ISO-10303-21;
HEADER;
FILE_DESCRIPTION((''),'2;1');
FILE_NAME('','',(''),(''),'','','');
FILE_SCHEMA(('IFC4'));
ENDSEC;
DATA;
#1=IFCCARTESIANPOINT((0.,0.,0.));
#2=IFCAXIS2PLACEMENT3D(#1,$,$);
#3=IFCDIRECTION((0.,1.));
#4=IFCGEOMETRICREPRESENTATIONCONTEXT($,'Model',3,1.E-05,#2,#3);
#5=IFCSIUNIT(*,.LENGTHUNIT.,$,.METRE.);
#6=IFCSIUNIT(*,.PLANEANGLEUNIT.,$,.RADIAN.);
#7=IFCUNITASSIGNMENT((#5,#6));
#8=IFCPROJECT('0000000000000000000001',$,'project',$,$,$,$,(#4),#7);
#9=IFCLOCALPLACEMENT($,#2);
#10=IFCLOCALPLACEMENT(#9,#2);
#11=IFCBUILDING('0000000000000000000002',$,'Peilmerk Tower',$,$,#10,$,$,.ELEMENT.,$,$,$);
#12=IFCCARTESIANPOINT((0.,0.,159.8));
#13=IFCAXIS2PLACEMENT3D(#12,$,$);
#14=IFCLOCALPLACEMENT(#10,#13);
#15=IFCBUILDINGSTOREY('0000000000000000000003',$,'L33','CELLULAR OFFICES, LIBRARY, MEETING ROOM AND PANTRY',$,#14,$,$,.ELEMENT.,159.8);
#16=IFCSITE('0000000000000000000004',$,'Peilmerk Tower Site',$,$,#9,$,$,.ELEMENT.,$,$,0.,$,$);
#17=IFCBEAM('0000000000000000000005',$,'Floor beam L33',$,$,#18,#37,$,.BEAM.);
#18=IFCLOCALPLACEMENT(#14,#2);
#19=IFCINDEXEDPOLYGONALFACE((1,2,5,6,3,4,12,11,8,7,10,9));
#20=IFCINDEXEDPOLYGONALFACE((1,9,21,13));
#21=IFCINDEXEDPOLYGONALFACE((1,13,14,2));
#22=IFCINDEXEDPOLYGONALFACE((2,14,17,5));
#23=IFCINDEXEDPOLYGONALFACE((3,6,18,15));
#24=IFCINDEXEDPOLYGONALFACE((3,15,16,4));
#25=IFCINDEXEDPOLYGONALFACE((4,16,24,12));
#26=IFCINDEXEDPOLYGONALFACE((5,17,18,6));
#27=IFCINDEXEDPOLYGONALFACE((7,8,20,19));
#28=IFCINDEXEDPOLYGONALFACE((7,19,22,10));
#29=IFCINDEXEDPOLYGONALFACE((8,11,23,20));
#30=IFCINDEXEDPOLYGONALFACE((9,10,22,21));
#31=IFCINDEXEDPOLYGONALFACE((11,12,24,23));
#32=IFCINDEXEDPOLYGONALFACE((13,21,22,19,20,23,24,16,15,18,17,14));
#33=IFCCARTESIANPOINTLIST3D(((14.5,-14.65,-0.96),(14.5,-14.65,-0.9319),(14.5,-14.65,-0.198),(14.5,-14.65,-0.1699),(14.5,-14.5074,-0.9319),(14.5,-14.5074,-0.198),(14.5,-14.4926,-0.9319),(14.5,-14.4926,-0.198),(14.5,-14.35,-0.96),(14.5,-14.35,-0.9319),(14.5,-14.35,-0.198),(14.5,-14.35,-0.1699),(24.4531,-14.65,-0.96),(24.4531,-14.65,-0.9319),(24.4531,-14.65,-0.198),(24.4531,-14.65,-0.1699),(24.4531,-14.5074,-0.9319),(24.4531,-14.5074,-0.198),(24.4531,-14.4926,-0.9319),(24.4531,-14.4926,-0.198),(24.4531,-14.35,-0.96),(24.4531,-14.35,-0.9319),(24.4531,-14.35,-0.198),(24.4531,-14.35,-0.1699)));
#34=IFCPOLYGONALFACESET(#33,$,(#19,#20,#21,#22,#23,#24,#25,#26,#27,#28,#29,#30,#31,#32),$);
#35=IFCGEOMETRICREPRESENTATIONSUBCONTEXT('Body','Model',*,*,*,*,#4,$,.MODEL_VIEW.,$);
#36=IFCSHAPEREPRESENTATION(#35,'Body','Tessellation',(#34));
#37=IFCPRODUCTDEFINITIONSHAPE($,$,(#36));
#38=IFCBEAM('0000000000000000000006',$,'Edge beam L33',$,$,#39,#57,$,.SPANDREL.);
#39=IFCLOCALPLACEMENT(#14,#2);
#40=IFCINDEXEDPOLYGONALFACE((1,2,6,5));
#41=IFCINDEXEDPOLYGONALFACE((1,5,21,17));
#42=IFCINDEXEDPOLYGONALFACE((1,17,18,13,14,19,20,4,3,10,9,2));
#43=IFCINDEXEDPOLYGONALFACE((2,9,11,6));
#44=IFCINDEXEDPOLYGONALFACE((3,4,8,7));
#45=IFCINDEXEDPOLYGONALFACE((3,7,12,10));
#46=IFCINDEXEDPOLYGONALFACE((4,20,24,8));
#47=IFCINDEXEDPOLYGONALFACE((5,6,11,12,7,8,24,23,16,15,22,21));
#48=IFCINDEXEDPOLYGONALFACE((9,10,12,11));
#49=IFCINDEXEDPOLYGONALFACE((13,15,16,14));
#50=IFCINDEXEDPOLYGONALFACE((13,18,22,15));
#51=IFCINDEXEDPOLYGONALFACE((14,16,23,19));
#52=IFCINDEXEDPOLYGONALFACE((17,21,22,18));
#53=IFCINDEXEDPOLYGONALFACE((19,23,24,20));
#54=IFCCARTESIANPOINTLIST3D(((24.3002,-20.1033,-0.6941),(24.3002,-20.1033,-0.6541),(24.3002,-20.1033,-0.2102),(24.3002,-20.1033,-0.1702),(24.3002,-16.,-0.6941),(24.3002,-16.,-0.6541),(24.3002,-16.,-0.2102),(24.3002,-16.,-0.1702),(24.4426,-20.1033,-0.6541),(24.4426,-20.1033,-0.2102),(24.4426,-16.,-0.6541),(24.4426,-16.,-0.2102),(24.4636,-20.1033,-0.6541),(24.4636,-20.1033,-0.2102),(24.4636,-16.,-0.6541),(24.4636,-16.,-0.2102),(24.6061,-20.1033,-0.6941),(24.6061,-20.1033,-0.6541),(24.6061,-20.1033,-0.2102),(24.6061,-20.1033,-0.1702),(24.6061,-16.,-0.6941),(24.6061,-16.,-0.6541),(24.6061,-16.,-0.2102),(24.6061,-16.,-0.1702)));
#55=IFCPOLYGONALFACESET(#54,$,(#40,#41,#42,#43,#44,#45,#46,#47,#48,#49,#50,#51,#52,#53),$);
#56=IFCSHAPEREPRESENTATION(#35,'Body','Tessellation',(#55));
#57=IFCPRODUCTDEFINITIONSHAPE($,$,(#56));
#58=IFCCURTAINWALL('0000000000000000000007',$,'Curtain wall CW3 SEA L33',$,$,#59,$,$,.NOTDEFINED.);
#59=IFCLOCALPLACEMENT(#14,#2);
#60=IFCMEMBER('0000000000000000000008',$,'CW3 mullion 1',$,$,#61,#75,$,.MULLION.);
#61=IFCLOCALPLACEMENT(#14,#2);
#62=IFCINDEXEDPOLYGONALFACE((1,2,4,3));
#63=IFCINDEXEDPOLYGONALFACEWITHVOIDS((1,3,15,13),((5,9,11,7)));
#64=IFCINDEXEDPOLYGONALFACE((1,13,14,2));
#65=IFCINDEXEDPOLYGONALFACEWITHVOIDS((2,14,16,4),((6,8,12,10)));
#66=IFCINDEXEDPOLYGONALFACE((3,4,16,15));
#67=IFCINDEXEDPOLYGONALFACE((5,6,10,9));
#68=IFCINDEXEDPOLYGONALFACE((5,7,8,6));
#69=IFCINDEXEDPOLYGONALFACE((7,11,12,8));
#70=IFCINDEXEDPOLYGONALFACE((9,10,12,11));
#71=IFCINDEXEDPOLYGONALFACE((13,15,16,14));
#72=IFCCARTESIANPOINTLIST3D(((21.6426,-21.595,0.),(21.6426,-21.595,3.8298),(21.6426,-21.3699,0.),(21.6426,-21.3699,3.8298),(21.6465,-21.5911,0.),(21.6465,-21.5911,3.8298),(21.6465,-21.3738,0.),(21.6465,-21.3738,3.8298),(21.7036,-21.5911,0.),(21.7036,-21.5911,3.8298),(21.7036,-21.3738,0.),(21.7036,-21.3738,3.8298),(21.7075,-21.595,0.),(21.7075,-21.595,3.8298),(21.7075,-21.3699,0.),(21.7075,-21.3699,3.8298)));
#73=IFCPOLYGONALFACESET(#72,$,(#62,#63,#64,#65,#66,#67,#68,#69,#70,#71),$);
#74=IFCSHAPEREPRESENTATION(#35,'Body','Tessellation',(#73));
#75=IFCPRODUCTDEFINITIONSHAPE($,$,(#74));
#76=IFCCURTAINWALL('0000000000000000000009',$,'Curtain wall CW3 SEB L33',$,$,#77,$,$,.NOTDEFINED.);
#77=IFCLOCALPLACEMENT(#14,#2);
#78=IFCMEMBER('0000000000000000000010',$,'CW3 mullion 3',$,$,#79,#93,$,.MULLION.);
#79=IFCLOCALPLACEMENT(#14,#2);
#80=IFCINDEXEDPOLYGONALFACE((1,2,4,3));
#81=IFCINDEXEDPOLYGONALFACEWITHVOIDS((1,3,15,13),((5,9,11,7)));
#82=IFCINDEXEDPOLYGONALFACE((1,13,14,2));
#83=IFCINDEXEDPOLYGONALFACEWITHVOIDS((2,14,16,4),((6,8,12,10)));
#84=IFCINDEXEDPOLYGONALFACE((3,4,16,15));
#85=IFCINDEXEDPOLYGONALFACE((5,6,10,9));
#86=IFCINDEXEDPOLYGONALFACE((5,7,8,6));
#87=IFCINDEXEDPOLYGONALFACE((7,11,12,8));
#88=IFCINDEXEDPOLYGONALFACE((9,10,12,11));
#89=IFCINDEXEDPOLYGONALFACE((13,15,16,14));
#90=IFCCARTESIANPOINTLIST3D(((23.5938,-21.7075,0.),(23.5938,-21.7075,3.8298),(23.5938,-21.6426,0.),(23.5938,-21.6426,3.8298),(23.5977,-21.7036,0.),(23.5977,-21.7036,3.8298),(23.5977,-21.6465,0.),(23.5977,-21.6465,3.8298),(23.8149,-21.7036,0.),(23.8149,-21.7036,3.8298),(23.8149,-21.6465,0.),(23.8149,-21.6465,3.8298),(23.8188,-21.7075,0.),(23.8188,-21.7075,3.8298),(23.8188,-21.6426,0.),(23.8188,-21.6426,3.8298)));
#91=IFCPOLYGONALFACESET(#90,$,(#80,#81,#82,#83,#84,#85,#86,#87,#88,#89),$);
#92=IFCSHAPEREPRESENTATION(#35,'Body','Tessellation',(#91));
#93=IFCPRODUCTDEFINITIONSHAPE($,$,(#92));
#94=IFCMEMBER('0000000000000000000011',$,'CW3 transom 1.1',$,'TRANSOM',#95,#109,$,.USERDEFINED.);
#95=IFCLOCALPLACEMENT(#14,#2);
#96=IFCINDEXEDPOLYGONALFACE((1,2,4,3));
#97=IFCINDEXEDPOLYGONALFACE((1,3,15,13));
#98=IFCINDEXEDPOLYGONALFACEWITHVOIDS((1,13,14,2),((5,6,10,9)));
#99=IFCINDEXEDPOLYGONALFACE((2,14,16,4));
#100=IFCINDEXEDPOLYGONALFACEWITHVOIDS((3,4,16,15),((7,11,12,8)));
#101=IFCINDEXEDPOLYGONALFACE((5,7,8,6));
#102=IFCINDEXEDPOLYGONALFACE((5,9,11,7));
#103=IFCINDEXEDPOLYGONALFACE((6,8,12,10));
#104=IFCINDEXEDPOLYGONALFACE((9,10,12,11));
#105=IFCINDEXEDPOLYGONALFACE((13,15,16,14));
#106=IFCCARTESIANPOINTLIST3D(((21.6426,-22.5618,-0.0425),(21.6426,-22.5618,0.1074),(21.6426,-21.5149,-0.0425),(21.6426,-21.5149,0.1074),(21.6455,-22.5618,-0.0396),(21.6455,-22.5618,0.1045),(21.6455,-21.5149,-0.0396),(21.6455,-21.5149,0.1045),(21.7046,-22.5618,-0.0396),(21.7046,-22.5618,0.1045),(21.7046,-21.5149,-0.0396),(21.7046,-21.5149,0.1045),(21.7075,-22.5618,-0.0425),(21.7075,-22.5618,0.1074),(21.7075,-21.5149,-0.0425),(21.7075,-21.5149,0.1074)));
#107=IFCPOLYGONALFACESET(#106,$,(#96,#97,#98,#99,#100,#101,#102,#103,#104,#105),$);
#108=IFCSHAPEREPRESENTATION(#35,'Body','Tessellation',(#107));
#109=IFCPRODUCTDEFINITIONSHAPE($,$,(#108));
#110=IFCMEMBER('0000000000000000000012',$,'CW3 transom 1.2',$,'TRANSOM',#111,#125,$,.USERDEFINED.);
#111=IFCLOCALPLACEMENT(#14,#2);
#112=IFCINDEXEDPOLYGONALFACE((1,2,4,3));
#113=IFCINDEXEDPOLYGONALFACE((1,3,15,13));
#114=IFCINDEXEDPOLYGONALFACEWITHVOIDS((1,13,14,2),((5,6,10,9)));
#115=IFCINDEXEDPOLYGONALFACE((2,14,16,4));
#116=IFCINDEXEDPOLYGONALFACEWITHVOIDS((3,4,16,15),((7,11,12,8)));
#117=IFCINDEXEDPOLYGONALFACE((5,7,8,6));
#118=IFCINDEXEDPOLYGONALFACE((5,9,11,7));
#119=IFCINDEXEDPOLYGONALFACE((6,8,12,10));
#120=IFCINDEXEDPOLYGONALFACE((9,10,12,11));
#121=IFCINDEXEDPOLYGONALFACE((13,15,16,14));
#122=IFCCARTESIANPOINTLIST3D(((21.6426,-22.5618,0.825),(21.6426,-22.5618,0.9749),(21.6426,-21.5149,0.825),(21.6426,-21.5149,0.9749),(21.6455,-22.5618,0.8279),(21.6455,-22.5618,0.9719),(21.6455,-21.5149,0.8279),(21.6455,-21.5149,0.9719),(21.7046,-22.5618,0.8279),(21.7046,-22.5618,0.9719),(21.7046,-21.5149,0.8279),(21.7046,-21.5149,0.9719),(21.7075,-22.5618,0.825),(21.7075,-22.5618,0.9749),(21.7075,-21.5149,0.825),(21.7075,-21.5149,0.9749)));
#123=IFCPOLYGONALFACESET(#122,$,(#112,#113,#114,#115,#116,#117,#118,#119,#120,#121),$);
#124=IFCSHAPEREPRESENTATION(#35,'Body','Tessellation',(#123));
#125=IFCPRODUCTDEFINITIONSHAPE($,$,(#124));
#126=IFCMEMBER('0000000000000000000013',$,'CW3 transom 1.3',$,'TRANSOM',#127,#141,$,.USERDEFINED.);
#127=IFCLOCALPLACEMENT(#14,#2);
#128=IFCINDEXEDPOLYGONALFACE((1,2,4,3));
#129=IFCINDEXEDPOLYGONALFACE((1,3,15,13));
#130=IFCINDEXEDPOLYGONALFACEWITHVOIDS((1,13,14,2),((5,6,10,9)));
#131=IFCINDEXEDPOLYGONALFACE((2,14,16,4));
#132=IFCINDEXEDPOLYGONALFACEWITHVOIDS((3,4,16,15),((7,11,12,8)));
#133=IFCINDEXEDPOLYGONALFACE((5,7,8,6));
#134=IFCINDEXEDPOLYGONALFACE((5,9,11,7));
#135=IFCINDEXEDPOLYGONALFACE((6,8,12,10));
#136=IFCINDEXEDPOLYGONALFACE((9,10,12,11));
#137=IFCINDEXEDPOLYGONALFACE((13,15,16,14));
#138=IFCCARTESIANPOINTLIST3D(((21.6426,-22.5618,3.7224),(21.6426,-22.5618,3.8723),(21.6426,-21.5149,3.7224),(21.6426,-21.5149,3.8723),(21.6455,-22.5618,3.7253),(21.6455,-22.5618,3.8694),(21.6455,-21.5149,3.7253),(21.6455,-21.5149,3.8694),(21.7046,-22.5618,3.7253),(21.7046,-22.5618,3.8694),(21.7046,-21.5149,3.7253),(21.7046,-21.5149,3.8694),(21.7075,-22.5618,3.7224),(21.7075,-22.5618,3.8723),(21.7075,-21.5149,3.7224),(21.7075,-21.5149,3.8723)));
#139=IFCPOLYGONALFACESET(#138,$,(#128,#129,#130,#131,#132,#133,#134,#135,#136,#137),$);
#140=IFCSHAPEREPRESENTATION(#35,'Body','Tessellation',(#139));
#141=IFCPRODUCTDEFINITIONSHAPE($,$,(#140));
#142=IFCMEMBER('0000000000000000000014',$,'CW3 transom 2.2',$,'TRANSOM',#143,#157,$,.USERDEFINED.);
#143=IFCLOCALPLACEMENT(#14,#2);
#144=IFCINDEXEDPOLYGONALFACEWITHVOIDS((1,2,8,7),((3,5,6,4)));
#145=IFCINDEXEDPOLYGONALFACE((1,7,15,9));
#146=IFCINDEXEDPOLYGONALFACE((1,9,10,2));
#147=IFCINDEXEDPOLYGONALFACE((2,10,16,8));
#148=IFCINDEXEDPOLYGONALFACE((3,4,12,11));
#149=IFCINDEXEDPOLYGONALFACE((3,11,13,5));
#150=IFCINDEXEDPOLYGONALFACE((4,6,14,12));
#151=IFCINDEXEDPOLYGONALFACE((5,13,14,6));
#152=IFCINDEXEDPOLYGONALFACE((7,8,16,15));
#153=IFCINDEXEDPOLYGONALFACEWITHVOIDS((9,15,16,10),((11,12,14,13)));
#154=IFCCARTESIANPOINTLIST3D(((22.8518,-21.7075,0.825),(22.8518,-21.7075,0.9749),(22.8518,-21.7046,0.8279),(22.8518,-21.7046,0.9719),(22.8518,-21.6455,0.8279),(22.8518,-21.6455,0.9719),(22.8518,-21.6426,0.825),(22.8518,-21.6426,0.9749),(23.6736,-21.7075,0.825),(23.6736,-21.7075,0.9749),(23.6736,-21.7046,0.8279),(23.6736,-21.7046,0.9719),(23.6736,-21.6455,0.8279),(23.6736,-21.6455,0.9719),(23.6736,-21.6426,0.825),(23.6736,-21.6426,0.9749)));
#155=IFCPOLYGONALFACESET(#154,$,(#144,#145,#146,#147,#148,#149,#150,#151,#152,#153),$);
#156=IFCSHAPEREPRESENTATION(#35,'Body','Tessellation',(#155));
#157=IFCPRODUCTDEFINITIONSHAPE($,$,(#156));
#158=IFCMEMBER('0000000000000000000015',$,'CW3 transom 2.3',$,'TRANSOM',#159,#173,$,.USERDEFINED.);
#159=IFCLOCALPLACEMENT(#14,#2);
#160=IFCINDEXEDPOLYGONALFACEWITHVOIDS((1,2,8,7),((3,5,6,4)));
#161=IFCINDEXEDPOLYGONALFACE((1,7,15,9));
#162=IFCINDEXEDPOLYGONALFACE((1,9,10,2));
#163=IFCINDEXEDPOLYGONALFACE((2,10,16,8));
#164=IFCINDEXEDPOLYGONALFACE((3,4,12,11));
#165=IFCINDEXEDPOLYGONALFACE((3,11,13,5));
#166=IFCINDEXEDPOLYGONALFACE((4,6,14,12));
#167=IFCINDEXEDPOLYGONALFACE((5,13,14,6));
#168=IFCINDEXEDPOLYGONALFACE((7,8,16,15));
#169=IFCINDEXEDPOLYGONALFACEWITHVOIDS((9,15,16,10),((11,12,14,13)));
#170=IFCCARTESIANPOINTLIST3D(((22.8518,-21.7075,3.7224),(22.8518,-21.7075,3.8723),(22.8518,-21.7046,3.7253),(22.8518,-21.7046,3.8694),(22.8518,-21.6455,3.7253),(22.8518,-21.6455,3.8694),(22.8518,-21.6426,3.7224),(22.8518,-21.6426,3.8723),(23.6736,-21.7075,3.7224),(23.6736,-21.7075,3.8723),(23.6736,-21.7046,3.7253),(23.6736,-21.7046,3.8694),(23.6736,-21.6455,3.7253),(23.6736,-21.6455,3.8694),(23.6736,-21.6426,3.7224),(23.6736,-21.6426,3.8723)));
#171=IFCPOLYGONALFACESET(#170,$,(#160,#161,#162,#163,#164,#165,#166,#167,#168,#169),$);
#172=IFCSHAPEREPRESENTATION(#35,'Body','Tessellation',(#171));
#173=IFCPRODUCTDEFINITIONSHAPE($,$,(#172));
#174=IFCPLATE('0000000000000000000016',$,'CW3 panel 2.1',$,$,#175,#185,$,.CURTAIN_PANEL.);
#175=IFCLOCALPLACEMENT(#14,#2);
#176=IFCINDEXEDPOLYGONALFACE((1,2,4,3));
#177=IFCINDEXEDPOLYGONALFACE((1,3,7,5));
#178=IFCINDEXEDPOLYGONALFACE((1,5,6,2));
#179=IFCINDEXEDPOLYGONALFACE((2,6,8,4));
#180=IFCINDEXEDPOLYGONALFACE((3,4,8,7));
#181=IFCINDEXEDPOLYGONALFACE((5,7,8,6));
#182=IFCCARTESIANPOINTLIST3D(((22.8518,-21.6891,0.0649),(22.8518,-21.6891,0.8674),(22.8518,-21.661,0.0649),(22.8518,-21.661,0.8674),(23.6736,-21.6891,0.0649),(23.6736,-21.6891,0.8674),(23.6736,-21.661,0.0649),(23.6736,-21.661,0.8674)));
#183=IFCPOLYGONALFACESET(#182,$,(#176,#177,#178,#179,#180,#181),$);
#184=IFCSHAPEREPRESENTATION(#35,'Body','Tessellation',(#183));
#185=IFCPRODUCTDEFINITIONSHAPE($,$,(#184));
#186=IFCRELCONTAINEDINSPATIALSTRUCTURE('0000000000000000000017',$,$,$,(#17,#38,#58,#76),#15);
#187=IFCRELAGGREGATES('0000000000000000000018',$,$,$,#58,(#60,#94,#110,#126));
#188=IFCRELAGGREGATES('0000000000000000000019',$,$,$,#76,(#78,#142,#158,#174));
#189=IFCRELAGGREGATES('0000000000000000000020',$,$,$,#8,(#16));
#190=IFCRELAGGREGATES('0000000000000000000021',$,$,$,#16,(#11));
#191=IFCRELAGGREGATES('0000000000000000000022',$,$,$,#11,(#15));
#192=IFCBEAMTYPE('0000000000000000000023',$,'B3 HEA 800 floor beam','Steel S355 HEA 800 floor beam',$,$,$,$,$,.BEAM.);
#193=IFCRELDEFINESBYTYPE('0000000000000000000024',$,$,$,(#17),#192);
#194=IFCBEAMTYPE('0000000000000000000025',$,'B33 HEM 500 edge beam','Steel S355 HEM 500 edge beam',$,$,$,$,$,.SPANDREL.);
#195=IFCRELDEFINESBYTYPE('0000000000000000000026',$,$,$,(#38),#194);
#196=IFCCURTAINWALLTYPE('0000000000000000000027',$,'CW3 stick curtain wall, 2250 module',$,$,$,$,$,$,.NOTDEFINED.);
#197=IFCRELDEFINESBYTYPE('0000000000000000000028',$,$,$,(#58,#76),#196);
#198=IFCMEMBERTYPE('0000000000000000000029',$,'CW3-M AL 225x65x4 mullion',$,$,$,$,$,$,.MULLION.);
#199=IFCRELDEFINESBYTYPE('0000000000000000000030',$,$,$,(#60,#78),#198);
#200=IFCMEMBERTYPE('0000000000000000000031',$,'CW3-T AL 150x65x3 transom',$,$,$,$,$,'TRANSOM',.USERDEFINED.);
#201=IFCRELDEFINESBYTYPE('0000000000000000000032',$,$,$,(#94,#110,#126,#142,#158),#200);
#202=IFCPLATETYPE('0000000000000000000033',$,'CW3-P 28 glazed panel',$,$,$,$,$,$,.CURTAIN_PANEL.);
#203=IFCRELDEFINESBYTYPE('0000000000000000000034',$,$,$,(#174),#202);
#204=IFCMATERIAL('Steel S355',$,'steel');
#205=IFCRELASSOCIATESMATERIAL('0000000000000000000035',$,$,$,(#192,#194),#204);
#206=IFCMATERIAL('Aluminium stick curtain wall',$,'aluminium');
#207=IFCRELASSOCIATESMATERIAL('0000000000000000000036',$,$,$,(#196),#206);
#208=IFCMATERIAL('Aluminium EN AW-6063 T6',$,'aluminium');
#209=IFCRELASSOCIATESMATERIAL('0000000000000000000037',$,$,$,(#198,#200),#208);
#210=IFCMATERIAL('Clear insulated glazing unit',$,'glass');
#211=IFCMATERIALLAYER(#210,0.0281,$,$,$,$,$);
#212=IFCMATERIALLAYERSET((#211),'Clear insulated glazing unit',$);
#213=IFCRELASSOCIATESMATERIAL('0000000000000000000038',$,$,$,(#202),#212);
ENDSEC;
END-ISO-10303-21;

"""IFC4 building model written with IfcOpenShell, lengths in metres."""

from ifc_helpers import new_model, si_unit, direction, frame, origin, origin_2d, place, context, subcontext, project, spatial, rectangle, hollow_rectangle, i_section, extrude, material, layer, layer_set, material_profile, profile_set, type_object, element, aggregate, save


model = new_model("IFC4")

# Units and contexts
model_context = context("Model", 3, precision=1e-05, world=origin(), true_north=direction((0.0, 1.0)))
body_context = subcontext(model_context, "Body", "Model", "MODEL_VIEW")
ifc_project = project(units=[si_unit("LENGTHUNIT", "METRE"), si_unit("PLANEANGLEUNIT", "RADIAN")], contexts=[model_context])

# Site, building, storey
site_placement = place(None, origin())
site = spatial("IfcSite", under=ifc_project, at=site_placement, Name="Peilmerk Tower Site", CompositionType="ELEMENT", RefElevation=0.0)
building_placement = place(site_placement, origin())
building = spatial("IfcBuilding", under=site, at=building_placement, Name="Peilmerk Tower", CompositionType="ELEMENT")
storey_placement = place(building_placement, frame((0.0, 0.0, 159.8)))
storey = spatial("IfcBuildingStorey", under=building, at=storey_placement, Name="L33", Description="CELLULAR OFFICES, LIBRARY, MEETING ROOM AND PANTRY", CompositionType="ELEMENT", Elevation=159.8)

# Beams
ifc_material_1 = material(Name="Steel S355", Category="steel")
ifc_material_profile_1 = material_profile(ifc_material_1, i_section(OverallWidth=0.3, OverallDepth=0.79, WebThickness=0.0149, FlangeThickness=0.0281, at=origin_2d()), Name="HEA 800")
ifc_profile_set_1 = profile_set([ifc_material_profile_1], Name="Steel S355")
beam_type_1 = type_object("IfcBeamType", Name="B3 HEA 800 floor beam", Description="Steel S355 HEA 800 floor beam", PredefinedType="BEAM", material=ifc_profile_set_1)
for number, where, z_axis, x_axis, name in (
    (1, (14.5, -14.5, -0.5649), (1.0, 0.0, 0.0), (0.0, 1.0, 0.0), "Floor beam L33"),
):
    element("IfcBeam", number, at=place(storey_placement, frame(where, z_axis=z_axis, x_axis=x_axis)), inside=storey, type_object=beam_type_1, Name=name, PredefinedType="BEAM", context=body_context, shape_type="SweptSolid", body=[
        extrude(i_section(OverallWidth=0.3, OverallDepth=0.79, WebThickness=0.0149, FlangeThickness=0.0281, at=origin_2d()), origin(), (0.0, 0.0, 1.0), 9.9531),
    ])
ifc_material_profile_2 = material_profile(ifc_material_1, i_section(OverallWidth=0.3059, OverallDepth=0.5239, WebThickness=0.021, FlangeThickness=0.04, at=origin_2d()), Name="HEM 500")
ifc_profile_set_2 = profile_set([ifc_material_profile_2], Name="Steel S355")
beam_type_2 = type_object("IfcBeamType", Name="B33 HEM 500 edge beam", Description="Steel S355 HEM 500 edge beam", PredefinedType="SPANDREL", material=ifc_profile_set_2)
beam_1_placement = place(storey_placement, frame((24.4531, -20.1033, -0.4321), z_axis=(0.0, 1.0, 0.0), x_axis=(-1.0, 0.0, 0.0)))
element("IfcBeam", 2, at=beam_1_placement, inside=storey, type_object=beam_type_2, Name="Edge beam L33", PredefinedType="SPANDREL", context=body_context, shape_type="SweptSolid", body=[
    extrude(i_section(OverallWidth=0.3059, OverallDepth=0.5239, WebThickness=0.021, FlangeThickness=0.04, at=origin_2d()), origin(), (0.0, 0.0, 1.0), 4.1033),
])

# Curtain walls, members
ifc_material_2 = material(Name="Aluminium stick curtain wall", Category="aluminium")
curtain_wall_type = type_object("IfcCurtainWallType", Name="CW3 stick curtain wall, 2250 module", PredefinedType="NOTDEFINED", material=ifc_material_2)
curtain_wall_1_placement = place(storey_placement, origin())
curtain_wall_1 = element("IfcCurtainWall", 3, at=curtain_wall_1_placement, inside=storey, type_object=curtain_wall_type, Name="Curtain wall CW3 SEA L33", PredefinedType="NOTDEFINED")
ifc_material_3 = material(Name="Aluminium EN AW-6063 T6", Category="aluminium")
ifc_material_profile_3 = material_profile(ifc_material_3, hollow_rectangle(XDim=0.0649, YDim=0.2251, WallThickness=0.0039, at=origin_2d()), Name="AL 225x65x4")
ifc_profile_set_3 = profile_set([ifc_material_profile_3], Name="Aluminium EN AW-6063 T6")
member_type_1 = type_object("IfcMemberType", Name="CW3-M AL 225x65x4 mullion", PredefinedType="MULLION", material=ifc_profile_set_3)
member_1_placement = place(storey_placement, frame((21.675, -21.4824, 0.0), z_axis=(0.0, 0.0, 1.0), x_axis=(1.0, 0.0, 0.0)))
member_1 = element("IfcMember", 4, at=member_1_placement, type_object=member_type_1, Name="CW3 mullion 1", PredefinedType="MULLION", context=body_context, shape_type="SweptSolid", body=[
    extrude(hollow_rectangle(XDim=0.0649, YDim=0.2251, WallThickness=0.0039, at=origin_2d()), origin(), (0.0, 0.0, 1.0), 3.8298),
])
curtain_wall_2_placement = place(storey_placement, origin())
curtain_wall_2 = element("IfcCurtainWall", 5, at=curtain_wall_2_placement, inside=storey, type_object=curtain_wall_type, Name="Curtain wall CW3 SEB L33", PredefinedType="NOTDEFINED")
member_2_placement = place(storey_placement, frame((23.7063, -21.675, 0.0), z_axis=(0.0, 0.0, 1.0), x_axis=(0.0, 1.0, 0.0)))
member_2 = element("IfcMember", 6, at=member_2_placement, type_object=member_type_1, Name="CW3 mullion 3", PredefinedType="MULLION", context=body_context, shape_type="SweptSolid", body=[
    extrude(hollow_rectangle(XDim=0.0649, YDim=0.2251, WallThickness=0.0039, at=origin_2d()), origin(), (0.0, 0.0, 1.0), 3.8298),
])

# Members
ifc_material_profile_4 = material_profile(ifc_material_3, hollow_rectangle(XDim=0.0649, YDim=0.1499, WallThickness=0.0029, at=origin_2d()), Name="AL 150x65x3")
ifc_profile_set_4 = profile_set([ifc_material_profile_4], Name="Aluminium EN AW-6063 T6")
member_type_2 = type_object("IfcMemberType", Name="CW3-T AL 150x65x3 transom", ElementType="TRANSOM", PredefinedType="USERDEFINED", material=ifc_profile_set_4)
member_3_placement = place(storey_placement, frame((21.675, -21.5149, 0.0325), z_axis=(0.0, -1.0, 0.0), x_axis=(1.0, 0.0, 0.0)))
member_3 = element("IfcMember", 7, at=member_3_placement, type_object=member_type_2, Name="CW3 transom 1.1", ObjectType="TRANSOM", PredefinedType="USERDEFINED", context=body_context, shape_type="SweptSolid", body=[
    extrude(hollow_rectangle(XDim=0.0649, YDim=0.1499, WallThickness=0.0029, at=origin_2d()), origin(), (0.0, 0.0, 1.0), 1.0469),
])
member_4_placement = place(storey_placement, frame((21.675, -21.5149, 0.8999), z_axis=(0.0, -1.0, 0.0), x_axis=(1.0, 0.0, 0.0)))
member_4 = element("IfcMember", 8, at=member_4_placement, type_object=member_type_2, Name="CW3 transom 1.2", ObjectType="TRANSOM", PredefinedType="USERDEFINED", context=body_context, shape_type="SweptSolid", body=[
    extrude(hollow_rectangle(XDim=0.0649, YDim=0.1499, WallThickness=0.0029, at=origin_2d()), origin(), (0.0, 0.0, 1.0), 1.0469),
])
member_5_placement = place(storey_placement, frame((21.675, -21.5149, 3.7974), z_axis=(0.0, -1.0, 0.0), x_axis=(1.0, 0.0, 0.0)))
member_5 = element("IfcMember", 9, at=member_5_placement, type_object=member_type_2, Name="CW3 transom 1.3", ObjectType="TRANSOM", PredefinedType="USERDEFINED", context=body_context, shape_type="SweptSolid", body=[
    extrude(hollow_rectangle(XDim=0.0649, YDim=0.1499, WallThickness=0.0029, at=origin_2d()), origin(), (0.0, 0.0, 1.0), 1.0469),
])
aggregate(curtain_wall_1, [member_1, member_3, member_4, member_5])
member_6_placement = place(storey_placement, frame((22.8518, -21.675, 0.8999), z_axis=(1.0, 0.0, 0.0), x_axis=(0.0, 1.0, 0.0)))
member_6 = element("IfcMember", 10, at=member_6_placement, type_object=member_type_2, Name="CW3 transom 2.2", ObjectType="TRANSOM", PredefinedType="USERDEFINED", context=body_context, shape_type="SweptSolid", body=[
    extrude(hollow_rectangle(XDim=0.0649, YDim=0.1499, WallThickness=0.0029, at=origin_2d()), origin(), (0.0, 0.0, 1.0), 0.8218),
])
member_7_placement = place(storey_placement, frame((22.8518, -21.675, 3.7974), z_axis=(1.0, 0.0, 0.0), x_axis=(0.0, 1.0, 0.0)))
member_7 = element("IfcMember", 11, at=member_7_placement, type_object=member_type_2, Name="CW3 transom 2.3", ObjectType="TRANSOM", PredefinedType="USERDEFINED", context=body_context, shape_type="SweptSolid", body=[
    extrude(hollow_rectangle(XDim=0.0649, YDim=0.1499, WallThickness=0.0029, at=origin_2d()), origin(), (0.0, 0.0, 1.0), 0.8218),
])

# Plate
ifc_material_4 = material(Name="Clear insulated glazing unit", Category="glass")
ifc_layer_1 = layer(ifc_material_4, 0.0281)
ifc_layer_set_1 = layer_set([ifc_layer_1], Name="Clear insulated glazing unit")
plate_type = type_object("IfcPlateType", Name="CW3-P 28 glazed panel", PredefinedType="CURTAIN_PANEL", material=ifc_layer_set_1)
plate_1_placement = place(storey_placement, frame((23.2627, -21.675, 0.0649), z_axis=(0.0, 0.0, 1.0), x_axis=(1.0, 0.0, 0.0)))
plate_1 = element("IfcPlate", 12, at=plate_1_placement, type_object=plate_type, Name="CW3 panel 2.1", PredefinedType="CURTAIN_PANEL", context=body_context, shape_type="SweptSolid", body=[
    extrude(rectangle(XDim=0.8218, YDim=0.0281, at=origin_2d()), origin(), (0.0, 0.0, 1.0), 0.8025),
])
aggregate(curtain_wall_2, [member_2, member_6, member_7, plate_1])

save(model, "model.ifc")
